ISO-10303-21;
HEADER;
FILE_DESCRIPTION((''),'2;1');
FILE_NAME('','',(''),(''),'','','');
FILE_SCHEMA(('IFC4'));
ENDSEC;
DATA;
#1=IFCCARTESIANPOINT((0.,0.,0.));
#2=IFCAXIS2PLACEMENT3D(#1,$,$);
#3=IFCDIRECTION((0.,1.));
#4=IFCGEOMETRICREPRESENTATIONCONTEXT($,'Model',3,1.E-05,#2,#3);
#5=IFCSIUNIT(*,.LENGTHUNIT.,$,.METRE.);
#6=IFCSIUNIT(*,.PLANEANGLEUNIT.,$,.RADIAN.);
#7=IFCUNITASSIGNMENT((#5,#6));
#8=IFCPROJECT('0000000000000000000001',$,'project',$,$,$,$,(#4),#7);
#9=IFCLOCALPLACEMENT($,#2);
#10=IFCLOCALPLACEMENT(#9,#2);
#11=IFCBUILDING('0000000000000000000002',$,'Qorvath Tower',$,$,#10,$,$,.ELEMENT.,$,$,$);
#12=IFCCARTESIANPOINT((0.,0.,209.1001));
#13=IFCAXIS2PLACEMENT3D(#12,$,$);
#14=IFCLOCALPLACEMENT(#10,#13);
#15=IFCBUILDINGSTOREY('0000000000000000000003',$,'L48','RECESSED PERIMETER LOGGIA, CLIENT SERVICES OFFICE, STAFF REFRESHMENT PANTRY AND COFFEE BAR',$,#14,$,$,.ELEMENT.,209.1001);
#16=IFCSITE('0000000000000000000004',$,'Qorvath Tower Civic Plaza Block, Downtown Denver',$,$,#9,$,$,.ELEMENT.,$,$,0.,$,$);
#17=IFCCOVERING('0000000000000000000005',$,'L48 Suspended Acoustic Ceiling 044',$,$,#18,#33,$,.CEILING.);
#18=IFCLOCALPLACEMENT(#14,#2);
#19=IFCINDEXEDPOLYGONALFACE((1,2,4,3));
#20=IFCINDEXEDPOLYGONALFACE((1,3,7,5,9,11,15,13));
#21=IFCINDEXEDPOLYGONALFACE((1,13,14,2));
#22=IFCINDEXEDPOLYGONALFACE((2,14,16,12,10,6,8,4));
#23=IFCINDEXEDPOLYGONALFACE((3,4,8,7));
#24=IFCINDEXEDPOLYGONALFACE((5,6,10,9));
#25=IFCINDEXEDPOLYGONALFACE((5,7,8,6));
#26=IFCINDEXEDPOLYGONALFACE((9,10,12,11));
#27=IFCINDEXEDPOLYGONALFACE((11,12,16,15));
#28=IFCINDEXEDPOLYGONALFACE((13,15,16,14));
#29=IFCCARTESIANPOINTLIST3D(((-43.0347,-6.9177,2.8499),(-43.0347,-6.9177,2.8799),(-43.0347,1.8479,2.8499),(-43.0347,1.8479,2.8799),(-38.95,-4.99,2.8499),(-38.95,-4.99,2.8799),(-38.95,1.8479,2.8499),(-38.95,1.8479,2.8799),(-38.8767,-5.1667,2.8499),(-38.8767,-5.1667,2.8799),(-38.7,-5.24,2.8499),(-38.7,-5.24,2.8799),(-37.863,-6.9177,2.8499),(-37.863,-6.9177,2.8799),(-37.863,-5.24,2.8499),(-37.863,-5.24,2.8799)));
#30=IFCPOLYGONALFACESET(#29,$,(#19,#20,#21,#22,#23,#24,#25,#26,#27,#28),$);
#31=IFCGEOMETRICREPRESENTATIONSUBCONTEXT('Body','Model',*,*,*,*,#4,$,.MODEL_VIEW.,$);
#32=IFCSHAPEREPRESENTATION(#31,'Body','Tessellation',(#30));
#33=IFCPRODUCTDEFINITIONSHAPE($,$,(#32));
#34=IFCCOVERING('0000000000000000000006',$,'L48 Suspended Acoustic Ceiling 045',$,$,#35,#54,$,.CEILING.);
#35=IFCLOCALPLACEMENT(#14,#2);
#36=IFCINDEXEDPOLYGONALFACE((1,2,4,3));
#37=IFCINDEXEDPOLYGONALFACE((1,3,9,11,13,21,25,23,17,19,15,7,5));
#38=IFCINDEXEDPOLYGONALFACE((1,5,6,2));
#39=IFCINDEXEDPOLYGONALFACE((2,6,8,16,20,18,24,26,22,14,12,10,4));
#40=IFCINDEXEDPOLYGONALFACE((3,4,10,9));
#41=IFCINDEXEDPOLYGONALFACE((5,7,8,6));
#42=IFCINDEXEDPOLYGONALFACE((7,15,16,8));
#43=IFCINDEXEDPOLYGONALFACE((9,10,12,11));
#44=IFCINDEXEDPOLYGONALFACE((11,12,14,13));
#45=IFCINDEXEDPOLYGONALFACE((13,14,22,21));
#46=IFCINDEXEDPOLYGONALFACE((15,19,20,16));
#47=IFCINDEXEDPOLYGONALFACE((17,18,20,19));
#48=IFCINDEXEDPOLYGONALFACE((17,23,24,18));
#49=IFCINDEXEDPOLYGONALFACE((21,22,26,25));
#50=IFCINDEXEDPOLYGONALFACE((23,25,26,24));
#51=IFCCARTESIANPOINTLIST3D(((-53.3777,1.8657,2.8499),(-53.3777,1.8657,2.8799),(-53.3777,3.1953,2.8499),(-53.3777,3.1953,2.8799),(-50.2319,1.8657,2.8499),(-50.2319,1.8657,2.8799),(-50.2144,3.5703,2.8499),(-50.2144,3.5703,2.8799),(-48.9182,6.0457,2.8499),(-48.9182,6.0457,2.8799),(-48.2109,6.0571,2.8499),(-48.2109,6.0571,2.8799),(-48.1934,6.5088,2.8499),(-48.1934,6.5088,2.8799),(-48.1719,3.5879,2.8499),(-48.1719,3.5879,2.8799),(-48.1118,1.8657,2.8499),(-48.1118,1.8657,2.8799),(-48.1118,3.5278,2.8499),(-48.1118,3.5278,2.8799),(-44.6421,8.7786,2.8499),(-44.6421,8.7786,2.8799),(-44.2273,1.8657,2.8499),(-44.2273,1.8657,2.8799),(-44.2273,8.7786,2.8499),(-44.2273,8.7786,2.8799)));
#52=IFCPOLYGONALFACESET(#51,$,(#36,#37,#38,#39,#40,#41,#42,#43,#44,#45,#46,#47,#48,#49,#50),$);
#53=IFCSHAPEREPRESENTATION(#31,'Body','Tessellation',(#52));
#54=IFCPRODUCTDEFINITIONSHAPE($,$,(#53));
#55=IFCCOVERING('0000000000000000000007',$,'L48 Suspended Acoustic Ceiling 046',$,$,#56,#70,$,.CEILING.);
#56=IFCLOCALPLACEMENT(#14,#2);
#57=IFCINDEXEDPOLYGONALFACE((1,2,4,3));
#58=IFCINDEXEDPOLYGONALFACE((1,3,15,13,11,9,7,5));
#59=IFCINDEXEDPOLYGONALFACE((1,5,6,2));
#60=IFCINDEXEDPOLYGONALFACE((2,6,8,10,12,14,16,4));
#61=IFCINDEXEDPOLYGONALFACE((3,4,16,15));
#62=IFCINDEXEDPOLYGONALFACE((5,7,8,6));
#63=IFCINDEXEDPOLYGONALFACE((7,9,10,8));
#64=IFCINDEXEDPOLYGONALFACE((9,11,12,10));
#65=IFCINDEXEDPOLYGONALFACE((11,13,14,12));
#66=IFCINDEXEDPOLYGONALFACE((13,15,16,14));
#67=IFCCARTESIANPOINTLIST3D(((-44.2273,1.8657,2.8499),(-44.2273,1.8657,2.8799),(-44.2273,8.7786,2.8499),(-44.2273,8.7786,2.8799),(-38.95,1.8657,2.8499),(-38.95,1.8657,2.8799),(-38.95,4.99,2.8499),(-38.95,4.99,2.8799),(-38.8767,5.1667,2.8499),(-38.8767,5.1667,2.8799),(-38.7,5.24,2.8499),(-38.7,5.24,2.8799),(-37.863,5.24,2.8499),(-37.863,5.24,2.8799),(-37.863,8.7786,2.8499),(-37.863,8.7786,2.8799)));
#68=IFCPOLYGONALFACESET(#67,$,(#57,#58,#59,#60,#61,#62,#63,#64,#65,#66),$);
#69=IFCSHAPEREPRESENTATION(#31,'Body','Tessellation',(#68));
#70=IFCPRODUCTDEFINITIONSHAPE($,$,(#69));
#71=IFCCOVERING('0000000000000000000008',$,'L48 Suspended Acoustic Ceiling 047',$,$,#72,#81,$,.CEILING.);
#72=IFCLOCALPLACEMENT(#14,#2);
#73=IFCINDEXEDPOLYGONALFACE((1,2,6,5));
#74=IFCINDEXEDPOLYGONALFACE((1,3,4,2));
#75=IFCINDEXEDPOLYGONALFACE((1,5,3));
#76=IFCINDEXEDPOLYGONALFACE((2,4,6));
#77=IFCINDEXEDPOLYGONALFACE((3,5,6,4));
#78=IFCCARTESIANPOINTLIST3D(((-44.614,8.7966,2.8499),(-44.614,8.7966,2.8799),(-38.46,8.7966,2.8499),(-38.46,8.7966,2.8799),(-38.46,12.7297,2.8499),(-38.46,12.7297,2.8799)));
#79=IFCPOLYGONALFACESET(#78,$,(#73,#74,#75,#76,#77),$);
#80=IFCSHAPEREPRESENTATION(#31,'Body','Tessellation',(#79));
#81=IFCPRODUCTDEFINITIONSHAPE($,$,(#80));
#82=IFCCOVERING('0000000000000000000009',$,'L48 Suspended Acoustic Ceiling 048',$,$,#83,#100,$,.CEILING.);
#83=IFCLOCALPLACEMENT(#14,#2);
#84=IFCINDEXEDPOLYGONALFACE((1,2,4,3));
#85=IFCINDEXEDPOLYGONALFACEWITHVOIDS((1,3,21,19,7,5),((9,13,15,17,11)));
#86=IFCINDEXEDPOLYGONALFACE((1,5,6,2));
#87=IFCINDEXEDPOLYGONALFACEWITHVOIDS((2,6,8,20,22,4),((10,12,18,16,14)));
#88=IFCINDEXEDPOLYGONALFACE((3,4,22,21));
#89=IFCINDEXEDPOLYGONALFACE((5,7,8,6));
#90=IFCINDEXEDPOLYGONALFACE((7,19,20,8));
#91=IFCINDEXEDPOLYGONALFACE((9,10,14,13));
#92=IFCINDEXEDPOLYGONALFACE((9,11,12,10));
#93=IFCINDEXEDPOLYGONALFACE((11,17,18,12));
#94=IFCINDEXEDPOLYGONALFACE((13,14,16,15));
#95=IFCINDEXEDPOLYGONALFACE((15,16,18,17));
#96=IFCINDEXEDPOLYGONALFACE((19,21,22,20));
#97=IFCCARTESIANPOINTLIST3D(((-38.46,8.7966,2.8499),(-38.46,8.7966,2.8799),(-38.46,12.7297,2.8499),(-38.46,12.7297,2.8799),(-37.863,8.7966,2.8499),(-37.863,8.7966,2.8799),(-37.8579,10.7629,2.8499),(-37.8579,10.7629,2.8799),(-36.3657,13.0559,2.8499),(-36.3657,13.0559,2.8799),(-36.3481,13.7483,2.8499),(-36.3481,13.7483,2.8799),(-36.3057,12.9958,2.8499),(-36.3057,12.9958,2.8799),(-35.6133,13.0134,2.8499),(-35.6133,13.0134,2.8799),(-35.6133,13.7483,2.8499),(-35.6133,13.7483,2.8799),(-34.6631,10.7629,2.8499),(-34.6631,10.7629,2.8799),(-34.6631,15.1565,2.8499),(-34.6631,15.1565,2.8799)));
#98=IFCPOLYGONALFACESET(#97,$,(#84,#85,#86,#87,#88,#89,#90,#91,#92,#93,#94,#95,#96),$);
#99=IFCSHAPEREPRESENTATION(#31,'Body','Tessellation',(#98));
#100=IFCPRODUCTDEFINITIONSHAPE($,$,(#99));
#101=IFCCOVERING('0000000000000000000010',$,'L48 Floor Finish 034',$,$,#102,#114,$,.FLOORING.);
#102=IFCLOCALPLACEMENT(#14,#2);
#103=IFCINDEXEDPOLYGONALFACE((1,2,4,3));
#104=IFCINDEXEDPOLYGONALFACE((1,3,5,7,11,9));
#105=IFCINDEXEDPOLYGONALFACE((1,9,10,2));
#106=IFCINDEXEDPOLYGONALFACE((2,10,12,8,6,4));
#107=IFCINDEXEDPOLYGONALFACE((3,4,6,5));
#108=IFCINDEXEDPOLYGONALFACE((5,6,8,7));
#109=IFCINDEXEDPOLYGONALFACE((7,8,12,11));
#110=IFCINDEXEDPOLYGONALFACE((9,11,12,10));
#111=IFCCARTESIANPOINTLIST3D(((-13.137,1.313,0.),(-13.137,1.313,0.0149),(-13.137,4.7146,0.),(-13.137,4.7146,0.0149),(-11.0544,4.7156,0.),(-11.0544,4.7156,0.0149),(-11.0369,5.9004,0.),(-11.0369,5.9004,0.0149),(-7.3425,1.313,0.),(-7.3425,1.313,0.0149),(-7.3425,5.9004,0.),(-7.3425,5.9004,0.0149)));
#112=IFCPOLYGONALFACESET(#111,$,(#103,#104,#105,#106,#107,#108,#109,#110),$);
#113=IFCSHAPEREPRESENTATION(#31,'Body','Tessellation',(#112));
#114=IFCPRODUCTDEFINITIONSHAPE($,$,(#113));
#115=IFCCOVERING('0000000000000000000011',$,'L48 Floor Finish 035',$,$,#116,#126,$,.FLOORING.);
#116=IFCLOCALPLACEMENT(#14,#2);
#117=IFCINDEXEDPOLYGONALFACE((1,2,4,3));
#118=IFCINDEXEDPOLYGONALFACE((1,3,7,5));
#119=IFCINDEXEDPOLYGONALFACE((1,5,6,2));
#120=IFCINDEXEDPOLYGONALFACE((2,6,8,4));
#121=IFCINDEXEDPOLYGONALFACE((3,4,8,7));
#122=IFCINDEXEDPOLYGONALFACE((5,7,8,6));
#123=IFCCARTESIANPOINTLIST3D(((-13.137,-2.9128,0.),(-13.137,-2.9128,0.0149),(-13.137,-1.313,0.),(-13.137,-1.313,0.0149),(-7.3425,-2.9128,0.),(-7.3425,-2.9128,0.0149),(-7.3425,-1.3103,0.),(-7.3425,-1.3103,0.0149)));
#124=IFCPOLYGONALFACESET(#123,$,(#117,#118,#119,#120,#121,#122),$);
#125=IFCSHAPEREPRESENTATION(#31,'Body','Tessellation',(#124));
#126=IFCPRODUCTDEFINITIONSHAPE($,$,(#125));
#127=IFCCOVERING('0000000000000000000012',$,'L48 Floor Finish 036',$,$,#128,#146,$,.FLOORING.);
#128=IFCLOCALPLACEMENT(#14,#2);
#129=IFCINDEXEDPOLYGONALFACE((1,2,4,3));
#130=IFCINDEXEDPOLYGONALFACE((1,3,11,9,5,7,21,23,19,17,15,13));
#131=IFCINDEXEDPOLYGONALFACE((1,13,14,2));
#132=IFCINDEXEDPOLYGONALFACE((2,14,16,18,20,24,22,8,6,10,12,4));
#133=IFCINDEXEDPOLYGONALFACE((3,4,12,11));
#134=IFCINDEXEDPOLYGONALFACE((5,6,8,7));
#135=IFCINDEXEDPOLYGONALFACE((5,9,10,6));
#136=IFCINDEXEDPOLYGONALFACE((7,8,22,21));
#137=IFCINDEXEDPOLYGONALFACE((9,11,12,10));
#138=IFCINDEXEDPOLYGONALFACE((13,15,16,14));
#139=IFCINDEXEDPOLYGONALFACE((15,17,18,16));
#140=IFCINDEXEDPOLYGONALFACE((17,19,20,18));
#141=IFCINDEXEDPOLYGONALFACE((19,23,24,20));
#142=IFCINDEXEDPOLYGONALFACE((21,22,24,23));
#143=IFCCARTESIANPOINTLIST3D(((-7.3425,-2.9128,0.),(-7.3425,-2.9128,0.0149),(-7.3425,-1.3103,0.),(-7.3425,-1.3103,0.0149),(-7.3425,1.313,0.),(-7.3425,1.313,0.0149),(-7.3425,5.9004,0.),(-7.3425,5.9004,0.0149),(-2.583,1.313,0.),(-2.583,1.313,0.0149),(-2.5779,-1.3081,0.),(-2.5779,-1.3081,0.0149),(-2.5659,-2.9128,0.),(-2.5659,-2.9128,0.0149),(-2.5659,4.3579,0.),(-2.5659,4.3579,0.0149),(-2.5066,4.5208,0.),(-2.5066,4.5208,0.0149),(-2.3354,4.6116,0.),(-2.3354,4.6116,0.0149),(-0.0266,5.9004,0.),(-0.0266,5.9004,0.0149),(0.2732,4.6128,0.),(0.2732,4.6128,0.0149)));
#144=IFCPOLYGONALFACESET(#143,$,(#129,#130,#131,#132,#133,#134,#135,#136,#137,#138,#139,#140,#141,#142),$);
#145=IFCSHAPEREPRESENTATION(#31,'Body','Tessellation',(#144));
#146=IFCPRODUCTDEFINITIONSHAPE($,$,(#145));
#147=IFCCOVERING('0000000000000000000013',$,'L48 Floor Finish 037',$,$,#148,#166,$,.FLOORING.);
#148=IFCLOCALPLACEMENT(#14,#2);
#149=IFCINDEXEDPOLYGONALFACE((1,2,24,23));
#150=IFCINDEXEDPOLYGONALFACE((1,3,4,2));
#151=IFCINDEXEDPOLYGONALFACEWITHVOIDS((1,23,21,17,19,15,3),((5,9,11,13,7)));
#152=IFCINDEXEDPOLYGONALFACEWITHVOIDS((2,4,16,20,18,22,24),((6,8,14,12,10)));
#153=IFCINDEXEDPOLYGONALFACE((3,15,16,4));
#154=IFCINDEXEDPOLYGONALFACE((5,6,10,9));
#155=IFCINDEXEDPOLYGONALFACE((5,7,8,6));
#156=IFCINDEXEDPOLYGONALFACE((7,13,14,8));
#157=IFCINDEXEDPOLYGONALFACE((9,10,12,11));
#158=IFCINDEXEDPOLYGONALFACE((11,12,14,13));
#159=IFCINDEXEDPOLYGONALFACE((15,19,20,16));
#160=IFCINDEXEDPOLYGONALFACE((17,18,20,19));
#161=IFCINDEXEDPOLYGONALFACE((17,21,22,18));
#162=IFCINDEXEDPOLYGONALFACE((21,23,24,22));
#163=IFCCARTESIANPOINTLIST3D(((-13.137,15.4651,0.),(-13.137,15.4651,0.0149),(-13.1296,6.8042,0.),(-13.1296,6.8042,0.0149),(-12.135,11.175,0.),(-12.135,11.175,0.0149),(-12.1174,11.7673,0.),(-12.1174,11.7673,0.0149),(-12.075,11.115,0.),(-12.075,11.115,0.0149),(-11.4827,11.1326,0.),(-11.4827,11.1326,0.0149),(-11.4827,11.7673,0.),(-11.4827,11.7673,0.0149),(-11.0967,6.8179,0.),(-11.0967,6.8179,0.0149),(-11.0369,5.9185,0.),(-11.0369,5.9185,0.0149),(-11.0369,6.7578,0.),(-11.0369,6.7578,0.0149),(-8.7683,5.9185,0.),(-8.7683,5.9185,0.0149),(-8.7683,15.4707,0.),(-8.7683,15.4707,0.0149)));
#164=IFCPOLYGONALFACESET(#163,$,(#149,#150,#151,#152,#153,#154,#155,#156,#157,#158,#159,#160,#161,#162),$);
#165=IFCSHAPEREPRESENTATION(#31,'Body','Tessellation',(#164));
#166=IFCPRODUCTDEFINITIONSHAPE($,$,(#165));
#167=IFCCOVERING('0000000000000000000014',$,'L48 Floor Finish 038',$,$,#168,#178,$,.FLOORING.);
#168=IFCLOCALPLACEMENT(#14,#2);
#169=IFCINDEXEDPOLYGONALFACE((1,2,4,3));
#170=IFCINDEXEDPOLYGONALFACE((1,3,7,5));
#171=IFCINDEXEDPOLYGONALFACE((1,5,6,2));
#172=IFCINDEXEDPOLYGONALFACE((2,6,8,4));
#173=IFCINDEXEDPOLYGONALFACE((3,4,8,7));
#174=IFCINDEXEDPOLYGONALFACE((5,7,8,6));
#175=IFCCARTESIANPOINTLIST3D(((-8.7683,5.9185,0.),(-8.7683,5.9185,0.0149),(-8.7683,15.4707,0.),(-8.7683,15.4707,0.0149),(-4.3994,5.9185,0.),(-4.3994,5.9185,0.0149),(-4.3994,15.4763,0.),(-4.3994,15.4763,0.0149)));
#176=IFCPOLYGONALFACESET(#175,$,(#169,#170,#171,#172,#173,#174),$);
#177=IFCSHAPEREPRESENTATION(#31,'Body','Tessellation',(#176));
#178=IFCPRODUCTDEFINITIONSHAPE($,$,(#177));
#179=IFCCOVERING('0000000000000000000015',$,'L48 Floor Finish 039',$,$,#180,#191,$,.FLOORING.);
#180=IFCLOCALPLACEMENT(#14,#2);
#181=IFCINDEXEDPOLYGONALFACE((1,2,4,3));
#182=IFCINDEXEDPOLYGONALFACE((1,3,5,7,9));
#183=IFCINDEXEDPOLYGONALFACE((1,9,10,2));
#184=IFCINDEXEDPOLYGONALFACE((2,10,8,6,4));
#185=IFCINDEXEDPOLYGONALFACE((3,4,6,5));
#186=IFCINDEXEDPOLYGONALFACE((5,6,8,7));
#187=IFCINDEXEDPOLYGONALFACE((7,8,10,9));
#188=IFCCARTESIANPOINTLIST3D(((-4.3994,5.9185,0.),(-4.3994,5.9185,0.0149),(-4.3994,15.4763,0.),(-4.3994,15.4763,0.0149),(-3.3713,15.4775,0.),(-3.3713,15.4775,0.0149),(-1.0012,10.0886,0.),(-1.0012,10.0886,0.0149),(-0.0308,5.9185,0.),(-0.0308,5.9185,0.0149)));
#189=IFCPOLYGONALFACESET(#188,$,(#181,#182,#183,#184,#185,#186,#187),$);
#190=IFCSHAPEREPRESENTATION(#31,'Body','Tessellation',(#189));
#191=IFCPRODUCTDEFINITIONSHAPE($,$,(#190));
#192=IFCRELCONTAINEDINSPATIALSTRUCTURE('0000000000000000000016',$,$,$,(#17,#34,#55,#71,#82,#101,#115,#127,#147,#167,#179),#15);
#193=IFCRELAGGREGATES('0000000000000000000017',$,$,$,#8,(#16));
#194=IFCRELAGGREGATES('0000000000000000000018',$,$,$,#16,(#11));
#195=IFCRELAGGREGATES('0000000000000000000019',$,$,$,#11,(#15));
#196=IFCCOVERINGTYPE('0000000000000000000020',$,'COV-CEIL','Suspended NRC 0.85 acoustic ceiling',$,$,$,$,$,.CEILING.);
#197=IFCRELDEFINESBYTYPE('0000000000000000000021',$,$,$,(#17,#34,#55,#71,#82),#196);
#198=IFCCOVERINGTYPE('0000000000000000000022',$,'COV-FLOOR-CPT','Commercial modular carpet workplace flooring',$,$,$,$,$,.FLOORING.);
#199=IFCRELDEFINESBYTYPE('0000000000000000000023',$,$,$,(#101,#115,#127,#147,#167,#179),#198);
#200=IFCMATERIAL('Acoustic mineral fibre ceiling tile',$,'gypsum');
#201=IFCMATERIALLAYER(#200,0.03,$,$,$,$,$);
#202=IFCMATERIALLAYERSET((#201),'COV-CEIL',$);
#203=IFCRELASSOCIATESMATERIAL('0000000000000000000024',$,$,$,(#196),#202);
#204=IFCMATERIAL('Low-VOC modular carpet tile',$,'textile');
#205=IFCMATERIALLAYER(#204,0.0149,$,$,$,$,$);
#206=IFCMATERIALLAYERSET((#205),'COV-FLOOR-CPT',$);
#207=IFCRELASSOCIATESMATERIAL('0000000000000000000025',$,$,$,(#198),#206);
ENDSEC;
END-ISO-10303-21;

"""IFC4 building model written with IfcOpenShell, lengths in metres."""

from ifc_helpers import new_model, si_unit, direction, frame, origin, place, context, subcontext, project, spatial, polyline, outline, extrude, material, layer, layer_set, type_object, element, save


model = new_model("IFC4")

# Units and contexts
model_context = context("Model", 3, precision=1e-05, world=origin(), true_north=direction((0.0, 1.0)))
body_context = subcontext(model_context, "Body", "Model", "MODEL_VIEW")
ifc_project = project(units=[si_unit("LENGTHUNIT", "METRE"), si_unit("PLANEANGLEUNIT", "RADIAN")], contexts=[model_context])

# Site, building, storey
site_placement = place(None, origin())
site = spatial("IfcSite", under=ifc_project, at=site_placement, Name="Qorvath Tower Civic Plaza Block, Downtown Denver", CompositionType="ELEMENT", RefElevation=0.0)
building_placement = place(site_placement, origin())
building = spatial("IfcBuilding", under=site, at=building_placement, Name="Qorvath Tower", CompositionType="ELEMENT")
storey_placement = place(building_placement, frame((0.0, 0.0, 209.1001)))
storey = spatial("IfcBuildingStorey", under=building, at=storey_placement, Name="L48", Description="RECESSED PERIMETER LOGGIA, CLIENT SERVICES OFFICE, STAFF REFRESHMENT PANTRY AND COFFEE BAR", CompositionType="ELEMENT", Elevation=209.1001)

# Coverings
ifc_material_1 = material(Name="Acoustic mineral fibre ceiling tile", Category="gypsum")
ifc_layer_1 = layer(ifc_material_1, 0.03)
ifc_layer_set_1 = layer_set([ifc_layer_1], Name="COV-CEIL")
covering_type_1 = type_object("IfcCoveringType", Name="COV-CEIL", Description="Suspended NRC 0.85 acoustic ceiling", PredefinedType="CEILING", material=ifc_layer_set_1)
covering_1_placement = place(storey_placement, frame((0.0, 0.0, 2.8499)))
element("IfcCovering", 1, at=covering_1_placement, inside=storey, type_object=covering_type_1, Name="L48 Suspended Acoustic Ceiling 044", PredefinedType="CEILING", context=body_context, shape_type="SweptSolid", body=[
    extrude(outline(polyline([(-43.0347, 1.8479), (-43.0347, -6.9177), (-37.863, -6.9177), (-37.863, -5.24), (-38.7, -5.24), (-38.8767, -5.1667), (-38.95, -4.99), (-38.95, 1.8479), (-43.0347, 1.8479)])), origin(), (0.0, 0.0, 1.0), 0.03),
])
covering_2_placement = place(storey_placement, frame((0.0, 0.0, 2.8499)))
element("IfcCovering", 2, at=covering_2_placement, inside=storey, type_object=covering_type_1, Name="L48 Suspended Acoustic Ceiling 045", PredefinedType="CEILING", context=body_context, shape_type="SweptSolid", body=[
    extrude(outline(polyline([(-44.2273, 1.8657), (-44.2273, 8.7786), (-44.6421, 8.7786), (-48.1934, 6.5088), (-48.2109, 6.0571), (-48.9182, 6.0457), (-53.3777, 3.1953), (-53.3777, 1.8657), (-50.2319, 1.8657), (-50.2144, 3.5703), (-48.1719, 3.5879), (-48.1118, 3.5278), (-48.1118, 1.8657), (-44.2273, 1.8657)])), origin(), (0.0, 0.0, 1.0), 0.03),
])
covering_3_placement = place(storey_placement, frame((0.0, 0.0, 2.8499)))
element("IfcCovering", 3, at=covering_3_placement, inside=storey, type_object=covering_type_1, Name="L48 Suspended Acoustic Ceiling 046", PredefinedType="CEILING", context=body_context, shape_type="SweptSolid", body=[
    extrude(outline(polyline([(-37.863, 8.7786), (-44.2273, 8.7786), (-44.2273, 1.8657), (-38.95, 1.8657), (-38.95, 4.99), (-38.8767, 5.1667), (-38.7, 5.24), (-37.863, 5.24), (-37.863, 8.7786)])), origin(), (0.0, 0.0, 1.0), 0.03),
])
covering_4_placement = place(storey_placement, frame((0.0, 0.0, 2.8499)))
element("IfcCovering", 4, at=covering_4_placement, inside=storey, type_object=covering_type_1, Name="L48 Suspended Acoustic Ceiling 047", PredefinedType="CEILING", context=body_context, shape_type="SweptSolid", body=[
    extrude(outline(polyline([(-38.46, 8.7966), (-38.46, 12.7297), (-44.614, 8.7966), (-38.46, 8.7966)])), origin(), (0.0, 0.0, 1.0), 0.03),
])
covering_5_placement = place(storey_placement, frame((0.0, 0.0, 2.8499)))
element("IfcCovering", 5, at=covering_5_placement, inside=storey, type_object=covering_type_1, Name="L48 Suspended Acoustic Ceiling 048", PredefinedType="CEILING", context=body_context, shape_type="SweptSolid", body=[
    extrude(outline(polyline([(-37.8579, 10.7629), (-34.6631, 10.7629), (-34.6631, 15.1565), (-38.46, 12.7297), (-38.46, 8.7966), (-37.863, 8.7966), (-37.8579, 10.7629)]), holes=[polyline([(-36.3657, 13.0559), (-36.3481, 13.7483), (-35.6133, 13.7483), (-35.6133, 13.0134), (-36.3057, 12.9958), (-36.3657, 13.0559)])]), origin(), (0.0, 0.0, 1.0), 0.03),
])
ifc_material_2 = material(Name="Low-VOC modular carpet tile", Category="textile")
ifc_layer_2 = layer(ifc_material_2, 0.0149)
ifc_layer_set_2 = layer_set([ifc_layer_2], Name="COV-FLOOR-CPT")
covering_type_2 = type_object("IfcCoveringType", Name="COV-FLOOR-CPT", Description="Commercial modular carpet workplace flooring", PredefinedType="FLOORING", material=ifc_layer_set_2)
covering_6_placement = place(storey_placement, origin())
element("IfcCovering", 6, at=covering_6_placement, inside=storey, type_object=covering_type_2, Name="L48 Floor Finish 034", PredefinedType="FLOORING", context=body_context, shape_type="SweptSolid", body=[
    extrude(outline(polyline([(-7.3425, 1.313), (-7.3425, 5.9004), (-11.0369, 5.9004), (-11.0544, 4.7156), (-13.137, 4.7146), (-13.137, 1.313), (-7.3425, 1.313)])), origin(), (0.0, 0.0, 1.0), 0.0149),
])
covering_7_placement = place(storey_placement, origin())
element("IfcCovering", 7, at=covering_7_placement, inside=storey, type_object=covering_type_2, Name="L48 Floor Finish 035", PredefinedType="FLOORING", context=body_context, shape_type="SweptSolid", body=[
    extrude(outline(polyline([(-7.3425, -2.9128), (-7.3425, -1.3103), (-13.137, -1.313), (-13.137, -2.9128), (-7.3425, -2.9128)])), origin(), (0.0, 0.0, 1.0), 0.0149),
])
covering_8_placement = place(storey_placement, origin())
element("IfcCovering", 8, at=covering_8_placement, inside=storey, type_object=covering_type_2, Name="L48 Floor Finish 036", PredefinedType="FLOORING", context=body_context, shape_type="SweptSolid", body=[
    extrude(outline(polyline([(-2.5066, 4.5208), (-2.3354, 4.6116), (0.2732, 4.6128), (-0.0266, 5.9004), (-7.3425, 5.9004), (-7.3425, 1.313), (-2.583, 1.313), (-2.5779, -1.3081), (-7.3425, -1.3103), (-7.3425, -2.9128), (-2.5659, -2.9128), (-2.5659, 4.3579), (-2.5066, 4.5208)])), origin(), (0.0, 0.0, 1.0), 0.0149),
])
covering_9_placement = place(storey_placement, origin())
element("IfcCovering", 9, at=covering_9_placement, inside=storey, type_object=covering_type_2, Name="L48 Floor Finish 037", PredefinedType="FLOORING", context=body_context, shape_type="SweptSolid", body=[
    extrude(outline(polyline([(-11.0369, 6.7578), (-11.0369, 5.9185), (-8.7683, 5.9185), (-8.7683, 15.4707), (-13.137, 15.4651), (-13.1296, 6.8042), (-11.0967, 6.8179), (-11.0369, 6.7578)]), holes=[polyline([(-12.135, 11.175), (-12.1174, 11.7673), (-11.4827, 11.7673), (-11.4827, 11.1326), (-12.075, 11.115), (-12.135, 11.175)])]), origin(), (0.0, 0.0, 1.0), 0.0149),
])
covering_10_placement = place(storey_placement, origin())
element("IfcCovering", 10, at=covering_10_placement, inside=storey, type_object=covering_type_2, Name="L48 Floor Finish 038", PredefinedType="FLOORING", context=body_context, shape_type="SweptSolid", body=[
    extrude(outline(polyline([(-8.7683, 15.4707), (-8.7683, 5.9185), (-4.3994, 5.9185), (-4.3994, 15.4763), (-8.7683, 15.4707)])), origin(), (0.0, 0.0, 1.0), 0.0149),
])
covering_11_placement = place(storey_placement, origin())
element("IfcCovering", 11, at=covering_11_placement, inside=storey, type_object=covering_type_2, Name="L48 Floor Finish 039", PredefinedType="FLOORING", context=body_context, shape_type="SweptSolid", body=[
    extrude(outline(polyline([(-4.3994, 15.4763), (-4.3994, 5.9185), (-0.0308, 5.9185), (-1.0012, 10.0886), (-3.3713, 15.4775), (-4.3994, 15.4763)])), origin(), (0.0, 0.0, 1.0), 0.0149),
])

save(model, "model.ifc")
